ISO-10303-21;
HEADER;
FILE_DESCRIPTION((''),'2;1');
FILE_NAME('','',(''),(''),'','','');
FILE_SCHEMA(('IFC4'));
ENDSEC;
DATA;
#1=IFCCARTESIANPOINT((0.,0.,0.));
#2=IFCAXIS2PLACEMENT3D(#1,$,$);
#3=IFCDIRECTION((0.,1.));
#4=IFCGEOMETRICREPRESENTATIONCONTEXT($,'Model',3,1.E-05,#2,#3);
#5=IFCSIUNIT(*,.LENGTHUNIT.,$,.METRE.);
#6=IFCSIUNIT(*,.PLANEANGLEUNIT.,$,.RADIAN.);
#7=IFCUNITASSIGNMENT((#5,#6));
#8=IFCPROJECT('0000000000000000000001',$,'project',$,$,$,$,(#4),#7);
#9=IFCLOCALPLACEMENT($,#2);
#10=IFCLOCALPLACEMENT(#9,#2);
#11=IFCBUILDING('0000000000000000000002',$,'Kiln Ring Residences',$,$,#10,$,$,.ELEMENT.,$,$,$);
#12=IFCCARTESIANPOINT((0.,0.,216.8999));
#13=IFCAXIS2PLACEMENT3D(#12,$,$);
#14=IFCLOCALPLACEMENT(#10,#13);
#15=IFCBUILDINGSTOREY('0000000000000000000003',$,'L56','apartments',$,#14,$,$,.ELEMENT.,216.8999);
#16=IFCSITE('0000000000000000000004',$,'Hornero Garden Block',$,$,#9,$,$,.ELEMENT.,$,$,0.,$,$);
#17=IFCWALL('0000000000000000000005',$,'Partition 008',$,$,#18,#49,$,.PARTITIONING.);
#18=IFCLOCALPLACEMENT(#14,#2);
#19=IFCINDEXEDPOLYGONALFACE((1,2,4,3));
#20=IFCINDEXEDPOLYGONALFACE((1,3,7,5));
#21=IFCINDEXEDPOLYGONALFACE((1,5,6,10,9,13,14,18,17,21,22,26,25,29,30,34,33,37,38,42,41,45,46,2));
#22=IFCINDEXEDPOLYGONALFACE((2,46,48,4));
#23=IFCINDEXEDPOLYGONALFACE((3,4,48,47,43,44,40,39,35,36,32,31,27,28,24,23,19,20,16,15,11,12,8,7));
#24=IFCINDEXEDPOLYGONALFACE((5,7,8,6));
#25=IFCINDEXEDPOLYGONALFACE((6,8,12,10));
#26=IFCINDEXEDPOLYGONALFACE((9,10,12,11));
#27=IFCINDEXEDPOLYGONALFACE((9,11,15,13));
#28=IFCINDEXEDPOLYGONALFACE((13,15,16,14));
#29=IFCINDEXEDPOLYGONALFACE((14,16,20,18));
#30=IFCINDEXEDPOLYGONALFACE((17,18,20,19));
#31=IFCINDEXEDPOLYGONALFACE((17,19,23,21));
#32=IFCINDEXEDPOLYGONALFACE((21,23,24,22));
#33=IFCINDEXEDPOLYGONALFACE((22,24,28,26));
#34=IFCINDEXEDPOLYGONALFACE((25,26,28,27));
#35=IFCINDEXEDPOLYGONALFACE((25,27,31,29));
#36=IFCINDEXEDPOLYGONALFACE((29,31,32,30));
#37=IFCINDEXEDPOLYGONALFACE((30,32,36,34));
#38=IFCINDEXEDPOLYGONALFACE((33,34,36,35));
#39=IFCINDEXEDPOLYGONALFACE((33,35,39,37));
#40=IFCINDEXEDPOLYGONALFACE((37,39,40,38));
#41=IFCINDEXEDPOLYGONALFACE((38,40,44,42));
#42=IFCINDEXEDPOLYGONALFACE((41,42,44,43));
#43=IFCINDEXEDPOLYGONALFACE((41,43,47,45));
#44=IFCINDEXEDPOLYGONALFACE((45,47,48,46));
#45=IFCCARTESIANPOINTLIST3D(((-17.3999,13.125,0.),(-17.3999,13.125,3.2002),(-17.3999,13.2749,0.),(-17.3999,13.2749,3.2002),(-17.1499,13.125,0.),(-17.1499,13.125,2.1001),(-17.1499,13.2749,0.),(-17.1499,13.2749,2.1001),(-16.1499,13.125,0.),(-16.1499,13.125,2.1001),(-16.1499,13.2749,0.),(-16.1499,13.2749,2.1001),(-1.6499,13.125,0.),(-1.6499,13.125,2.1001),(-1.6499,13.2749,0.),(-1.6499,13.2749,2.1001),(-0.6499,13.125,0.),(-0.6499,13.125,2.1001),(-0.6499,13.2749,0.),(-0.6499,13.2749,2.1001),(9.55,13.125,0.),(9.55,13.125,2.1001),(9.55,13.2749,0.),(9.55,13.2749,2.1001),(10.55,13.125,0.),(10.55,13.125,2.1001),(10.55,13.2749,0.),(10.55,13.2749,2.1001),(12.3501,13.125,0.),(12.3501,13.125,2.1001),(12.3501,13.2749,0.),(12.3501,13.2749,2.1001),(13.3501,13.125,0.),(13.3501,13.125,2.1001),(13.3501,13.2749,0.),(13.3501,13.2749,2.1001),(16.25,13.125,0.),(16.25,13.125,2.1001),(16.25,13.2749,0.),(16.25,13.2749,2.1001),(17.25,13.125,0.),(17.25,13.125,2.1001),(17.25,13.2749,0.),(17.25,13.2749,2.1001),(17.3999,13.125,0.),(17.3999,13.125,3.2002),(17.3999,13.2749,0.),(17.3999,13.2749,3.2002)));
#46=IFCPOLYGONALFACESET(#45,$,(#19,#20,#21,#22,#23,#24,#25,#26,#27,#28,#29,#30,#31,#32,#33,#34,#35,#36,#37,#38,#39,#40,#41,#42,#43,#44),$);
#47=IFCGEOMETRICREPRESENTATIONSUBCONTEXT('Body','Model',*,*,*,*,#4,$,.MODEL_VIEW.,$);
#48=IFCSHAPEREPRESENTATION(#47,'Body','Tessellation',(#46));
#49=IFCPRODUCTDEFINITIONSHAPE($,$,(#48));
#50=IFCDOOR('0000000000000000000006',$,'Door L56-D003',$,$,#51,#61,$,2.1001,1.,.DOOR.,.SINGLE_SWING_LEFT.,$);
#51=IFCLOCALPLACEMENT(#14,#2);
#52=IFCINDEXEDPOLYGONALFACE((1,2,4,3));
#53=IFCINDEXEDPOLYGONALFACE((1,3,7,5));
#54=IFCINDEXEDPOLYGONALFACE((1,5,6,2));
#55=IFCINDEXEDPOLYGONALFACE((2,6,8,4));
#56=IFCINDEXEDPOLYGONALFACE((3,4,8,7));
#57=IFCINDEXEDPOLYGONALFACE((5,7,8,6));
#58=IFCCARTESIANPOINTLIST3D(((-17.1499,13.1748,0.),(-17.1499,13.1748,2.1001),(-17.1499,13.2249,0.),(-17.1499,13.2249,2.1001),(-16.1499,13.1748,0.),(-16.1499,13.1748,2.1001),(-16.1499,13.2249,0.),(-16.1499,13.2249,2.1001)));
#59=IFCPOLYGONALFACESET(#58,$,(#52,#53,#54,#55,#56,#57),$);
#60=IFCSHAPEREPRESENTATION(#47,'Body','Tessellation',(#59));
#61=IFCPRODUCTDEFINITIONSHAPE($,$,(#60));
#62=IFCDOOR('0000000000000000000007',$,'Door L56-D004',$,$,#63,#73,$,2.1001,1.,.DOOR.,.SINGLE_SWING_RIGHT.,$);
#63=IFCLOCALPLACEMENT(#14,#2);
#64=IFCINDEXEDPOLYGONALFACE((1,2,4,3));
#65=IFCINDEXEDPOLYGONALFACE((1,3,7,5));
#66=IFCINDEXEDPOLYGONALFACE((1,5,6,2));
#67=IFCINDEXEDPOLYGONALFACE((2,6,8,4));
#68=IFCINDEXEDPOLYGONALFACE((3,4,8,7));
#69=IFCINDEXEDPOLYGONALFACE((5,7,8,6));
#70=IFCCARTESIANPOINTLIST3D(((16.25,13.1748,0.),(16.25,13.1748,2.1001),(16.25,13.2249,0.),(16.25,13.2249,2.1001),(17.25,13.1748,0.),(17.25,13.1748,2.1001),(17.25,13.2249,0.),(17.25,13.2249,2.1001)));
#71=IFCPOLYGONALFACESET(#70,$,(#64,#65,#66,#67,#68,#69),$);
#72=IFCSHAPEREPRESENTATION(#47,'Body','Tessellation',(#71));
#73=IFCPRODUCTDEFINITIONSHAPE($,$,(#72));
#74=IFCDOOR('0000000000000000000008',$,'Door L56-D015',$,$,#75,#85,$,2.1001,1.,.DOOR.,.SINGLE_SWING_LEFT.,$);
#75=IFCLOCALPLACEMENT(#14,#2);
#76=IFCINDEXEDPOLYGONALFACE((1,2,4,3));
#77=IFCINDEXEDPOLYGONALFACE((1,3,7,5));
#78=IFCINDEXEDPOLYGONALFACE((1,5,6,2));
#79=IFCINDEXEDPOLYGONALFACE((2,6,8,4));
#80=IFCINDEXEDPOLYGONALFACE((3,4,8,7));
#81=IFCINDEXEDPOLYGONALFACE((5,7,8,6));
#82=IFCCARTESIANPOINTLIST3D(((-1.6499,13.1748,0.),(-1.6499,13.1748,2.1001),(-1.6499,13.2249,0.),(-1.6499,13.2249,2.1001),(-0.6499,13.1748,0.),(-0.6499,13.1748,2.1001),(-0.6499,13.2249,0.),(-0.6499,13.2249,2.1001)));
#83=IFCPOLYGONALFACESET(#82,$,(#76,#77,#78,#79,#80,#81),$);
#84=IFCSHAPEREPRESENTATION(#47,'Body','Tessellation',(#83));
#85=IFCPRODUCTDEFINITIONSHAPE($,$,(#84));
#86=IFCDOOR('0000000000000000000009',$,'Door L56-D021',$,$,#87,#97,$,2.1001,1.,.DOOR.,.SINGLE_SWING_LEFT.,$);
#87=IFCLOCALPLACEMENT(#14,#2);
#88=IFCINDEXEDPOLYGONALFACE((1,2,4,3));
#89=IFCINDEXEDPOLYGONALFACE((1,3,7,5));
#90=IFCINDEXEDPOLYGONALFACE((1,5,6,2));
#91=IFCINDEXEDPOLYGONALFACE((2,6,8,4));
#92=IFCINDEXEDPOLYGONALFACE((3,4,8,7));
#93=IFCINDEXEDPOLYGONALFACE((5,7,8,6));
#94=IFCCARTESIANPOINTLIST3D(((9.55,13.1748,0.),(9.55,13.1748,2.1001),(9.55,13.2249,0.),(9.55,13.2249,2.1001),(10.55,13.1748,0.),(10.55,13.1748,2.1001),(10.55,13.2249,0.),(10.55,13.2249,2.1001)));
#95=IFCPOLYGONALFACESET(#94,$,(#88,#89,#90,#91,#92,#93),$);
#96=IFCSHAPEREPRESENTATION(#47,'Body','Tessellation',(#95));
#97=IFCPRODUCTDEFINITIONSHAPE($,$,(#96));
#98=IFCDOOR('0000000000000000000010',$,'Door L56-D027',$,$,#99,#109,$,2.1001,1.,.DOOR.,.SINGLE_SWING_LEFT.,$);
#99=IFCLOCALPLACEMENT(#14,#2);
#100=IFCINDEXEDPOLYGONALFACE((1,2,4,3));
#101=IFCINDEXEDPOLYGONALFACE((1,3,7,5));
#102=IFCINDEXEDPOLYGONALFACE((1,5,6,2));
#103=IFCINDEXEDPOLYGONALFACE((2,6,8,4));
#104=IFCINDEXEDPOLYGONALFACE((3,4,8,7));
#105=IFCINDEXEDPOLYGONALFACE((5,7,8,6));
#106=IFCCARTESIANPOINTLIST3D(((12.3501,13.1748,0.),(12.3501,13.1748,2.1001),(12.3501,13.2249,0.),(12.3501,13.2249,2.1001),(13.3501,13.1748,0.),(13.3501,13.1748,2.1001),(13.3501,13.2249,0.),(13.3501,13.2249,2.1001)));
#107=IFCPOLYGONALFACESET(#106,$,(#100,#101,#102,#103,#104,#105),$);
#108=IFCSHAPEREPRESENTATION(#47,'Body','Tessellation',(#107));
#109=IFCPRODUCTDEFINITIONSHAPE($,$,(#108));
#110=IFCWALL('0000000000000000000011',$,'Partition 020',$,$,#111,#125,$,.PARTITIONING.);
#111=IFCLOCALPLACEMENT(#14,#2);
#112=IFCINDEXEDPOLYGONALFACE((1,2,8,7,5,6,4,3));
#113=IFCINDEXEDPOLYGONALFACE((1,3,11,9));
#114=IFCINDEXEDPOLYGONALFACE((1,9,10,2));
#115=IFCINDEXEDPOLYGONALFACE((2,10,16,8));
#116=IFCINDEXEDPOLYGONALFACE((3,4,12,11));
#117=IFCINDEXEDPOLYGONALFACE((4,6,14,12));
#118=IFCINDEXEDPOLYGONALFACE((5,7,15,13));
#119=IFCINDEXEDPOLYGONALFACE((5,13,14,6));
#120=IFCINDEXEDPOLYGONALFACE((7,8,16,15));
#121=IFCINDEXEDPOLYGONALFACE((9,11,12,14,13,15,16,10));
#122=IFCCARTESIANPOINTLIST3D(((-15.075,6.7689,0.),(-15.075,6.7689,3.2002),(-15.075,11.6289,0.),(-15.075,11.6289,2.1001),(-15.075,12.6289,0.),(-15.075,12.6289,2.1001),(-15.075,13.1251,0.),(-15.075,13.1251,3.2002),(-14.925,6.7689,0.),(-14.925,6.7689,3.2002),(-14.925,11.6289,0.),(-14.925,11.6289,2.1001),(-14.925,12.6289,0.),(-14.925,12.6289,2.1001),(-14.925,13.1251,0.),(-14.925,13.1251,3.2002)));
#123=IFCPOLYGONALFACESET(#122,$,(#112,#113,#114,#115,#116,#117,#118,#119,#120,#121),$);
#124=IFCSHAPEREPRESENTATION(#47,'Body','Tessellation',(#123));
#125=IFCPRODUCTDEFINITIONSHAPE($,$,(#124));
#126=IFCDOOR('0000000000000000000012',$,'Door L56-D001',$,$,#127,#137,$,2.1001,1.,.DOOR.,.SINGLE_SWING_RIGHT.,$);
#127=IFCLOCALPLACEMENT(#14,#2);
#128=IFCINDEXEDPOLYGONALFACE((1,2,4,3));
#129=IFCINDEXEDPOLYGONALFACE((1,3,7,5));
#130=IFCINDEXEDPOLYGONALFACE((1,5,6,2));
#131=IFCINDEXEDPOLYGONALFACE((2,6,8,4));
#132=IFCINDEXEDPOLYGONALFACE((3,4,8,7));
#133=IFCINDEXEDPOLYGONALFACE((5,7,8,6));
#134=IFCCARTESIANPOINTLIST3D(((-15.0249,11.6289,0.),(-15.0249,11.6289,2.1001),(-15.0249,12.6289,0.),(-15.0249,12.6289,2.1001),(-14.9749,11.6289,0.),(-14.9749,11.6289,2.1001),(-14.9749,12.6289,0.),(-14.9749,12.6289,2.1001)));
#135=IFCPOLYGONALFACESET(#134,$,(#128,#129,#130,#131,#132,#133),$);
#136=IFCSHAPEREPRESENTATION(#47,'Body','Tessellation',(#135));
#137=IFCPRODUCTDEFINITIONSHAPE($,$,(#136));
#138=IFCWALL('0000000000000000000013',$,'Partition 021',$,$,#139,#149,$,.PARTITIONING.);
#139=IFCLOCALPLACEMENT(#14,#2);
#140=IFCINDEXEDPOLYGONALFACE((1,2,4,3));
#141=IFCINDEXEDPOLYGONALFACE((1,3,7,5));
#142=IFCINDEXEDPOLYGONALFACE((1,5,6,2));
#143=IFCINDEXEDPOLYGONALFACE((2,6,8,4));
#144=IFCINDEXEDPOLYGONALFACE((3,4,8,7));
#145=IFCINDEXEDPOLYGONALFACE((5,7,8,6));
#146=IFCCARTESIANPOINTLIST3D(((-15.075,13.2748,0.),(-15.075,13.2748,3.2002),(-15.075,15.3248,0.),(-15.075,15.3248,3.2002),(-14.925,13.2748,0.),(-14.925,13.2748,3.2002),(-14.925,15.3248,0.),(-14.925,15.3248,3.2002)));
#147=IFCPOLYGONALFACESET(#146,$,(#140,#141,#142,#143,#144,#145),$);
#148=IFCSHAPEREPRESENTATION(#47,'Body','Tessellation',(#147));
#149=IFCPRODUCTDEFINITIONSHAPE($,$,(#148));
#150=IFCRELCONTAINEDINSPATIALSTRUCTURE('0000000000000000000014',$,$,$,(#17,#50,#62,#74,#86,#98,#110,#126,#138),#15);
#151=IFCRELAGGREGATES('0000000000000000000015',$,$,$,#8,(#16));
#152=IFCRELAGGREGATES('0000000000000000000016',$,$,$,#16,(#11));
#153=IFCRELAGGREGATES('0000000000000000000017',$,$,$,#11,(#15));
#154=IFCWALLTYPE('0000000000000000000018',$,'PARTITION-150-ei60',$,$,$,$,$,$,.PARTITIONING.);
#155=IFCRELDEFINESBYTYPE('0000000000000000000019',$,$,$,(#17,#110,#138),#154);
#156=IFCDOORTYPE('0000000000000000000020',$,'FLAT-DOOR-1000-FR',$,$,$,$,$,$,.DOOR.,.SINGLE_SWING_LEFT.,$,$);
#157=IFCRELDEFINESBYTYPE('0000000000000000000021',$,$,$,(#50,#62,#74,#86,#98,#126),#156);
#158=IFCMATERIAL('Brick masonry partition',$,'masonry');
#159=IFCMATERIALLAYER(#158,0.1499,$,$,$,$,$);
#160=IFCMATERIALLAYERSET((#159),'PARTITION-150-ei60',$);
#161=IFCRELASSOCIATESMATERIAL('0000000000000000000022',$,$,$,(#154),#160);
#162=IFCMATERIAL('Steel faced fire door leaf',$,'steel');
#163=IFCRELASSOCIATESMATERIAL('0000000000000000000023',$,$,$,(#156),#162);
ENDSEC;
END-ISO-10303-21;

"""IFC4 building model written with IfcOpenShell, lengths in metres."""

from ifc_helpers import new_model, si_unit, direction, frame, frame_2d, origin, place, context, subcontext, project, spatial, rectangle, extrude, material, layer, layer_set, type_object, element, fill, save


model = new_model("IFC4")

# Units and contexts
model_context = context("Model", 3, precision=1e-05, world=origin(), true_north=direction((0.0, 1.0)))
body_context = subcontext(model_context, "Body", "Model", "MODEL_VIEW")
ifc_project = project(units=[si_unit("LENGTHUNIT", "METRE"), si_unit("PLANEANGLEUNIT", "RADIAN")], contexts=[model_context])

# Site, building, storey
site_placement = place(None, origin())
site = spatial("IfcSite", under=ifc_project, at=site_placement, Name="Hornero Garden Block", CompositionType="ELEMENT", RefElevation=0.0)
building_placement = place(site_placement, origin())
building = spatial("IfcBuilding", under=site, at=building_placement, Name="Kiln Ring Residences", CompositionType="ELEMENT")
storey_placement = place(building_placement, frame((0.0, 0.0, 216.8999)))
storey = spatial("IfcBuildingStorey", under=building, at=storey_placement, Name="L56", Description="apartments", CompositionType="ELEMENT", Elevation=216.8999)

# Wall, openings, doors
ifc_material_1 = material(Name="Brick masonry partition", Category="masonry")
ifc_layer_1 = layer(ifc_material_1, 0.1499)
ifc_layer_set_1 = layer_set([ifc_layer_1], Name="PARTITION-150-ei60")
wall_type = type_object("IfcWallType", Name="PARTITION-150-ei60", PredefinedType="PARTITIONING", material=ifc_layer_set_1)
ifc_material_2 = material(Name="Steel faced fire door leaf", Category="steel")
door_type = type_object("IfcDoorType", Name="FLAT-DOOR-1000-FR", OperationType="SINGLE_SWING_LEFT", PredefinedType="DOOR", material=ifc_material_2)
wall_1_placement = place(storey_placement, frame((-17.3999, 13.2, 0.0), z_axis=(0.0, 0.0, 1.0), x_axis=(1.0, 0.0, 0.0)))
wall_1 = element("IfcWall", 1, at=wall_1_placement, inside=storey, type_object=wall_type, Name="Partition 008", PredefinedType="PARTITIONING", context=body_context, shape_type="SweptSolid", body=[
    extrude(rectangle(XDim=34.7998, YDim=0.1499, at=frame_2d((17.3999, 0.0))), origin(), (0.0, 0.0, 1.0), 3.2002),
])
opening_1_placement = place(wall_1_placement, frame((0.25, 0.0, 0.0)))
opening_1 = element("IfcOpeningElement", 2, at=opening_1_placement, cuts=wall_1, PredefinedType="OPENING", context=body_context, shape_type="SweptSolid", body=[
    extrude(rectangle(XDim=1.0, YDim=2.1001, at=frame_2d((0.5, 1.05))), frame((0.0, 0.085, 0.0), z_axis=(0.0, -1.0, 0.0), x_axis=(1.0, 0.0, 0.0)), (0.0, 0.0, 1.0), 0.1699),
])
opening_2_placement = place(wall_1_placement, frame((33.6499, 0.0, 0.0)))
opening_2 = element("IfcOpeningElement", 3, at=opening_2_placement, cuts=wall_1, PredefinedType="OPENING", context=body_context, shape_type="SweptSolid", body=[
    extrude(rectangle(XDim=1.0, YDim=2.1001, at=frame_2d((0.5, 1.05))), frame((0.0, 0.085, 0.0), z_axis=(0.0, -1.0, 0.0), x_axis=(1.0, 0.0, 0.0)), (0.0, 0.0, 1.0), 0.1699),
])
opening_3_placement = place(wall_1_placement, frame((15.75, 0.0, 0.0)))
opening_3 = element("IfcOpeningElement", 4, at=opening_3_placement, cuts=wall_1, PredefinedType="OPENING", context=body_context, shape_type="SweptSolid", body=[
    extrude(rectangle(XDim=1.0, YDim=2.1001, at=frame_2d((0.5, 1.05))), frame((0.0, 0.085, 0.0), z_axis=(0.0, -1.0, 0.0), x_axis=(1.0, 0.0, 0.0)), (0.0, 0.0, 1.0), 0.1699),
])
opening_4_placement = place(wall_1_placement, frame((26.95, 0.0, 0.0)))
opening_4 = element("IfcOpeningElement", 5, at=opening_4_placement, cuts=wall_1, PredefinedType="OPENING", context=body_context, shape_type="SweptSolid", body=[
    extrude(rectangle(XDim=1.0, YDim=2.1001, at=frame_2d((0.5, 1.05))), frame((0.0, 0.085, 0.0), z_axis=(0.0, -1.0, 0.0), x_axis=(1.0, 0.0, 0.0)), (0.0, 0.0, 1.0), 0.1699),
])
opening_5_placement = place(wall_1_placement, frame((29.75, 0.0, 0.0)))
opening_5 = element("IfcOpeningElement", 6, at=opening_5_placement, cuts=wall_1, PredefinedType="OPENING", context=body_context, shape_type="SweptSolid", body=[
    extrude(rectangle(XDim=1.0, YDim=2.1001, at=frame_2d((0.5, 1.05))), frame((0.0, 0.085, 0.0), z_axis=(0.0, -1.0, 0.0), x_axis=(1.0, 0.0, 0.0)), (0.0, 0.0, 1.0), 0.1699),
])
door_1_placement = place(opening_1_placement, origin())
door_1 = element("IfcDoor", 7, at=door_1_placement, inside=storey, type_object=door_type, Name="Door L56-D003", OperationType="SINGLE_SWING_LEFT", OverallHeight=2.1001, OverallWidth=1.0, PredefinedType="DOOR", context=body_context, shape_type="SweptSolid", body=[
    extrude(rectangle(XDim=1.0, YDim=2.1001, at=frame_2d((0.5, 1.05))), frame((0.0, 0.0249, 0.0), z_axis=(0.0, -1.0, 0.0), x_axis=(1.0, 0.0, 0.0)), (0.0, 0.0, 1.0), 0.05),
])
fill(opening_1, door_1)
door_2_placement = place(opening_2_placement, origin())
door_2 = element("IfcDoor", 8, at=door_2_placement, inside=storey, type_object=door_type, Name="Door L56-D004", OperationType="SINGLE_SWING_RIGHT", OverallHeight=2.1001, OverallWidth=1.0, PredefinedType="DOOR", context=body_context, shape_type="SweptSolid", body=[
    extrude(rectangle(XDim=1.0, YDim=2.1001, at=frame_2d((0.5, 1.05))), frame((0.0, 0.0249, 0.0), z_axis=(0.0, -1.0, 0.0), x_axis=(1.0, 0.0, 0.0)), (0.0, 0.0, 1.0), 0.05),
])
fill(opening_2, door_2)
door_3_placement = place(opening_3_placement, origin())
door_3 = element("IfcDoor", 9, at=door_3_placement, inside=storey, type_object=door_type, Name="Door L56-D015", OperationType="SINGLE_SWING_LEFT", OverallHeight=2.1001, OverallWidth=1.0, PredefinedType="DOOR", context=body_context, shape_type="SweptSolid", body=[
    extrude(rectangle(XDim=1.0, YDim=2.1001, at=frame_2d((0.5, 1.05))), frame((0.0, 0.0249, 0.0), z_axis=(0.0, -1.0, 0.0), x_axis=(1.0, 0.0, 0.0)), (0.0, 0.0, 1.0), 0.05),
])
fill(opening_3, door_3)
door_4_placement = place(opening_4_placement, origin())
door_4 = element("IfcDoor", 10, at=door_4_placement, inside=storey, type_object=door_type, Name="Door L56-D021", OperationType="SINGLE_SWING_LEFT", OverallHeight=2.1001, OverallWidth=1.0, PredefinedType="DOOR", context=body_context, shape_type="SweptSolid", body=[
    extrude(rectangle(XDim=1.0, YDim=2.1001, at=frame_2d((0.5, 1.05))), frame((0.0, 0.0249, 0.0), z_axis=(0.0, -1.0, 0.0), x_axis=(1.0, 0.0, 0.0)), (0.0, 0.0, 1.0), 0.05),
])
fill(opening_4, door_4)
door_5_placement = place(opening_5_placement, origin())
door_5 = element("IfcDoor", 11, at=door_5_placement, inside=storey, type_object=door_type, Name="Door L56-D027", OperationType="SINGLE_SWING_LEFT", OverallHeight=2.1001, OverallWidth=1.0, PredefinedType="DOOR", context=body_context, shape_type="SweptSolid", body=[
    extrude(rectangle(XDim=1.0, YDim=2.1001, at=frame_2d((0.5, 1.05))), frame((0.0, 0.0249, 0.0), z_axis=(0.0, -1.0, 0.0), x_axis=(1.0, 0.0, 0.0)), (0.0, 0.0, 1.0), 0.05),
])
fill(opening_5, door_5)

# Wall, opening, door
wall_2_placement = place(storey_placement, frame((-15.0, 6.7688, 0.0), z_axis=(0.0, 0.0, 1.0), x_axis=(0.0, 1.0, 0.0)))
wall_2 = element("IfcWall", 12, at=wall_2_placement, inside=storey, type_object=wall_type, Name="Partition 020", PredefinedType="PARTITIONING", context=body_context, shape_type="SweptSolid", body=[
    extrude(rectangle(XDim=6.3562, YDim=0.1499, at=frame_2d((3.1782, 0.0))), origin(), (0.0, 0.0, 1.0), 3.2002),
])
opening_6_placement = place(wall_2_placement, frame((4.8601, 0.0, 0.0)))
opening_6 = element("IfcOpeningElement", 13, at=opening_6_placement, cuts=wall_2, PredefinedType="OPENING", context=body_context, shape_type="SweptSolid", body=[
    extrude(rectangle(XDim=1.0, YDim=2.1001, at=frame_2d((0.5, 1.05))), frame((0.0, 0.085, 0.0), z_axis=(0.0, -1.0, 0.0), x_axis=(1.0, 0.0, 0.0)), (0.0, 0.0, 1.0), 0.1699),
])
door_6_placement = place(opening_6_placement, origin())
door_6 = element("IfcDoor", 14, at=door_6_placement, inside=storey, type_object=door_type, Name="Door L56-D001", OperationType="SINGLE_SWING_RIGHT", OverallHeight=2.1001, OverallWidth=1.0, PredefinedType="DOOR", context=body_context, shape_type="SweptSolid", body=[
    extrude(rectangle(XDim=1.0, YDim=2.1001, at=frame_2d((0.5, 1.05))), frame((0.0, 0.0249, 0.0), z_axis=(0.0, -1.0, 0.0), x_axis=(1.0, 0.0, 0.0)), (0.0, 0.0, 1.0), 0.05),
])
fill(opening_6, door_6)

# Wall
wall_3_placement = place(storey_placement, frame((-15.0, 13.2749, 0.0), z_axis=(0.0, 0.0, 1.0), x_axis=(0.0, 1.0, 0.0)))
element("IfcWall", 15, at=wall_3_placement, inside=storey, type_object=wall_type, Name="Partition 021", PredefinedType="PARTITIONING", context=body_context, shape_type="SweptSolid", body=[
    extrude(rectangle(XDim=2.05, YDim=0.1499, at=frame_2d((1.0249, 0.0))), origin(), (0.0, 0.0, 1.0), 3.2002),
])

save(model, "model.ifc")
